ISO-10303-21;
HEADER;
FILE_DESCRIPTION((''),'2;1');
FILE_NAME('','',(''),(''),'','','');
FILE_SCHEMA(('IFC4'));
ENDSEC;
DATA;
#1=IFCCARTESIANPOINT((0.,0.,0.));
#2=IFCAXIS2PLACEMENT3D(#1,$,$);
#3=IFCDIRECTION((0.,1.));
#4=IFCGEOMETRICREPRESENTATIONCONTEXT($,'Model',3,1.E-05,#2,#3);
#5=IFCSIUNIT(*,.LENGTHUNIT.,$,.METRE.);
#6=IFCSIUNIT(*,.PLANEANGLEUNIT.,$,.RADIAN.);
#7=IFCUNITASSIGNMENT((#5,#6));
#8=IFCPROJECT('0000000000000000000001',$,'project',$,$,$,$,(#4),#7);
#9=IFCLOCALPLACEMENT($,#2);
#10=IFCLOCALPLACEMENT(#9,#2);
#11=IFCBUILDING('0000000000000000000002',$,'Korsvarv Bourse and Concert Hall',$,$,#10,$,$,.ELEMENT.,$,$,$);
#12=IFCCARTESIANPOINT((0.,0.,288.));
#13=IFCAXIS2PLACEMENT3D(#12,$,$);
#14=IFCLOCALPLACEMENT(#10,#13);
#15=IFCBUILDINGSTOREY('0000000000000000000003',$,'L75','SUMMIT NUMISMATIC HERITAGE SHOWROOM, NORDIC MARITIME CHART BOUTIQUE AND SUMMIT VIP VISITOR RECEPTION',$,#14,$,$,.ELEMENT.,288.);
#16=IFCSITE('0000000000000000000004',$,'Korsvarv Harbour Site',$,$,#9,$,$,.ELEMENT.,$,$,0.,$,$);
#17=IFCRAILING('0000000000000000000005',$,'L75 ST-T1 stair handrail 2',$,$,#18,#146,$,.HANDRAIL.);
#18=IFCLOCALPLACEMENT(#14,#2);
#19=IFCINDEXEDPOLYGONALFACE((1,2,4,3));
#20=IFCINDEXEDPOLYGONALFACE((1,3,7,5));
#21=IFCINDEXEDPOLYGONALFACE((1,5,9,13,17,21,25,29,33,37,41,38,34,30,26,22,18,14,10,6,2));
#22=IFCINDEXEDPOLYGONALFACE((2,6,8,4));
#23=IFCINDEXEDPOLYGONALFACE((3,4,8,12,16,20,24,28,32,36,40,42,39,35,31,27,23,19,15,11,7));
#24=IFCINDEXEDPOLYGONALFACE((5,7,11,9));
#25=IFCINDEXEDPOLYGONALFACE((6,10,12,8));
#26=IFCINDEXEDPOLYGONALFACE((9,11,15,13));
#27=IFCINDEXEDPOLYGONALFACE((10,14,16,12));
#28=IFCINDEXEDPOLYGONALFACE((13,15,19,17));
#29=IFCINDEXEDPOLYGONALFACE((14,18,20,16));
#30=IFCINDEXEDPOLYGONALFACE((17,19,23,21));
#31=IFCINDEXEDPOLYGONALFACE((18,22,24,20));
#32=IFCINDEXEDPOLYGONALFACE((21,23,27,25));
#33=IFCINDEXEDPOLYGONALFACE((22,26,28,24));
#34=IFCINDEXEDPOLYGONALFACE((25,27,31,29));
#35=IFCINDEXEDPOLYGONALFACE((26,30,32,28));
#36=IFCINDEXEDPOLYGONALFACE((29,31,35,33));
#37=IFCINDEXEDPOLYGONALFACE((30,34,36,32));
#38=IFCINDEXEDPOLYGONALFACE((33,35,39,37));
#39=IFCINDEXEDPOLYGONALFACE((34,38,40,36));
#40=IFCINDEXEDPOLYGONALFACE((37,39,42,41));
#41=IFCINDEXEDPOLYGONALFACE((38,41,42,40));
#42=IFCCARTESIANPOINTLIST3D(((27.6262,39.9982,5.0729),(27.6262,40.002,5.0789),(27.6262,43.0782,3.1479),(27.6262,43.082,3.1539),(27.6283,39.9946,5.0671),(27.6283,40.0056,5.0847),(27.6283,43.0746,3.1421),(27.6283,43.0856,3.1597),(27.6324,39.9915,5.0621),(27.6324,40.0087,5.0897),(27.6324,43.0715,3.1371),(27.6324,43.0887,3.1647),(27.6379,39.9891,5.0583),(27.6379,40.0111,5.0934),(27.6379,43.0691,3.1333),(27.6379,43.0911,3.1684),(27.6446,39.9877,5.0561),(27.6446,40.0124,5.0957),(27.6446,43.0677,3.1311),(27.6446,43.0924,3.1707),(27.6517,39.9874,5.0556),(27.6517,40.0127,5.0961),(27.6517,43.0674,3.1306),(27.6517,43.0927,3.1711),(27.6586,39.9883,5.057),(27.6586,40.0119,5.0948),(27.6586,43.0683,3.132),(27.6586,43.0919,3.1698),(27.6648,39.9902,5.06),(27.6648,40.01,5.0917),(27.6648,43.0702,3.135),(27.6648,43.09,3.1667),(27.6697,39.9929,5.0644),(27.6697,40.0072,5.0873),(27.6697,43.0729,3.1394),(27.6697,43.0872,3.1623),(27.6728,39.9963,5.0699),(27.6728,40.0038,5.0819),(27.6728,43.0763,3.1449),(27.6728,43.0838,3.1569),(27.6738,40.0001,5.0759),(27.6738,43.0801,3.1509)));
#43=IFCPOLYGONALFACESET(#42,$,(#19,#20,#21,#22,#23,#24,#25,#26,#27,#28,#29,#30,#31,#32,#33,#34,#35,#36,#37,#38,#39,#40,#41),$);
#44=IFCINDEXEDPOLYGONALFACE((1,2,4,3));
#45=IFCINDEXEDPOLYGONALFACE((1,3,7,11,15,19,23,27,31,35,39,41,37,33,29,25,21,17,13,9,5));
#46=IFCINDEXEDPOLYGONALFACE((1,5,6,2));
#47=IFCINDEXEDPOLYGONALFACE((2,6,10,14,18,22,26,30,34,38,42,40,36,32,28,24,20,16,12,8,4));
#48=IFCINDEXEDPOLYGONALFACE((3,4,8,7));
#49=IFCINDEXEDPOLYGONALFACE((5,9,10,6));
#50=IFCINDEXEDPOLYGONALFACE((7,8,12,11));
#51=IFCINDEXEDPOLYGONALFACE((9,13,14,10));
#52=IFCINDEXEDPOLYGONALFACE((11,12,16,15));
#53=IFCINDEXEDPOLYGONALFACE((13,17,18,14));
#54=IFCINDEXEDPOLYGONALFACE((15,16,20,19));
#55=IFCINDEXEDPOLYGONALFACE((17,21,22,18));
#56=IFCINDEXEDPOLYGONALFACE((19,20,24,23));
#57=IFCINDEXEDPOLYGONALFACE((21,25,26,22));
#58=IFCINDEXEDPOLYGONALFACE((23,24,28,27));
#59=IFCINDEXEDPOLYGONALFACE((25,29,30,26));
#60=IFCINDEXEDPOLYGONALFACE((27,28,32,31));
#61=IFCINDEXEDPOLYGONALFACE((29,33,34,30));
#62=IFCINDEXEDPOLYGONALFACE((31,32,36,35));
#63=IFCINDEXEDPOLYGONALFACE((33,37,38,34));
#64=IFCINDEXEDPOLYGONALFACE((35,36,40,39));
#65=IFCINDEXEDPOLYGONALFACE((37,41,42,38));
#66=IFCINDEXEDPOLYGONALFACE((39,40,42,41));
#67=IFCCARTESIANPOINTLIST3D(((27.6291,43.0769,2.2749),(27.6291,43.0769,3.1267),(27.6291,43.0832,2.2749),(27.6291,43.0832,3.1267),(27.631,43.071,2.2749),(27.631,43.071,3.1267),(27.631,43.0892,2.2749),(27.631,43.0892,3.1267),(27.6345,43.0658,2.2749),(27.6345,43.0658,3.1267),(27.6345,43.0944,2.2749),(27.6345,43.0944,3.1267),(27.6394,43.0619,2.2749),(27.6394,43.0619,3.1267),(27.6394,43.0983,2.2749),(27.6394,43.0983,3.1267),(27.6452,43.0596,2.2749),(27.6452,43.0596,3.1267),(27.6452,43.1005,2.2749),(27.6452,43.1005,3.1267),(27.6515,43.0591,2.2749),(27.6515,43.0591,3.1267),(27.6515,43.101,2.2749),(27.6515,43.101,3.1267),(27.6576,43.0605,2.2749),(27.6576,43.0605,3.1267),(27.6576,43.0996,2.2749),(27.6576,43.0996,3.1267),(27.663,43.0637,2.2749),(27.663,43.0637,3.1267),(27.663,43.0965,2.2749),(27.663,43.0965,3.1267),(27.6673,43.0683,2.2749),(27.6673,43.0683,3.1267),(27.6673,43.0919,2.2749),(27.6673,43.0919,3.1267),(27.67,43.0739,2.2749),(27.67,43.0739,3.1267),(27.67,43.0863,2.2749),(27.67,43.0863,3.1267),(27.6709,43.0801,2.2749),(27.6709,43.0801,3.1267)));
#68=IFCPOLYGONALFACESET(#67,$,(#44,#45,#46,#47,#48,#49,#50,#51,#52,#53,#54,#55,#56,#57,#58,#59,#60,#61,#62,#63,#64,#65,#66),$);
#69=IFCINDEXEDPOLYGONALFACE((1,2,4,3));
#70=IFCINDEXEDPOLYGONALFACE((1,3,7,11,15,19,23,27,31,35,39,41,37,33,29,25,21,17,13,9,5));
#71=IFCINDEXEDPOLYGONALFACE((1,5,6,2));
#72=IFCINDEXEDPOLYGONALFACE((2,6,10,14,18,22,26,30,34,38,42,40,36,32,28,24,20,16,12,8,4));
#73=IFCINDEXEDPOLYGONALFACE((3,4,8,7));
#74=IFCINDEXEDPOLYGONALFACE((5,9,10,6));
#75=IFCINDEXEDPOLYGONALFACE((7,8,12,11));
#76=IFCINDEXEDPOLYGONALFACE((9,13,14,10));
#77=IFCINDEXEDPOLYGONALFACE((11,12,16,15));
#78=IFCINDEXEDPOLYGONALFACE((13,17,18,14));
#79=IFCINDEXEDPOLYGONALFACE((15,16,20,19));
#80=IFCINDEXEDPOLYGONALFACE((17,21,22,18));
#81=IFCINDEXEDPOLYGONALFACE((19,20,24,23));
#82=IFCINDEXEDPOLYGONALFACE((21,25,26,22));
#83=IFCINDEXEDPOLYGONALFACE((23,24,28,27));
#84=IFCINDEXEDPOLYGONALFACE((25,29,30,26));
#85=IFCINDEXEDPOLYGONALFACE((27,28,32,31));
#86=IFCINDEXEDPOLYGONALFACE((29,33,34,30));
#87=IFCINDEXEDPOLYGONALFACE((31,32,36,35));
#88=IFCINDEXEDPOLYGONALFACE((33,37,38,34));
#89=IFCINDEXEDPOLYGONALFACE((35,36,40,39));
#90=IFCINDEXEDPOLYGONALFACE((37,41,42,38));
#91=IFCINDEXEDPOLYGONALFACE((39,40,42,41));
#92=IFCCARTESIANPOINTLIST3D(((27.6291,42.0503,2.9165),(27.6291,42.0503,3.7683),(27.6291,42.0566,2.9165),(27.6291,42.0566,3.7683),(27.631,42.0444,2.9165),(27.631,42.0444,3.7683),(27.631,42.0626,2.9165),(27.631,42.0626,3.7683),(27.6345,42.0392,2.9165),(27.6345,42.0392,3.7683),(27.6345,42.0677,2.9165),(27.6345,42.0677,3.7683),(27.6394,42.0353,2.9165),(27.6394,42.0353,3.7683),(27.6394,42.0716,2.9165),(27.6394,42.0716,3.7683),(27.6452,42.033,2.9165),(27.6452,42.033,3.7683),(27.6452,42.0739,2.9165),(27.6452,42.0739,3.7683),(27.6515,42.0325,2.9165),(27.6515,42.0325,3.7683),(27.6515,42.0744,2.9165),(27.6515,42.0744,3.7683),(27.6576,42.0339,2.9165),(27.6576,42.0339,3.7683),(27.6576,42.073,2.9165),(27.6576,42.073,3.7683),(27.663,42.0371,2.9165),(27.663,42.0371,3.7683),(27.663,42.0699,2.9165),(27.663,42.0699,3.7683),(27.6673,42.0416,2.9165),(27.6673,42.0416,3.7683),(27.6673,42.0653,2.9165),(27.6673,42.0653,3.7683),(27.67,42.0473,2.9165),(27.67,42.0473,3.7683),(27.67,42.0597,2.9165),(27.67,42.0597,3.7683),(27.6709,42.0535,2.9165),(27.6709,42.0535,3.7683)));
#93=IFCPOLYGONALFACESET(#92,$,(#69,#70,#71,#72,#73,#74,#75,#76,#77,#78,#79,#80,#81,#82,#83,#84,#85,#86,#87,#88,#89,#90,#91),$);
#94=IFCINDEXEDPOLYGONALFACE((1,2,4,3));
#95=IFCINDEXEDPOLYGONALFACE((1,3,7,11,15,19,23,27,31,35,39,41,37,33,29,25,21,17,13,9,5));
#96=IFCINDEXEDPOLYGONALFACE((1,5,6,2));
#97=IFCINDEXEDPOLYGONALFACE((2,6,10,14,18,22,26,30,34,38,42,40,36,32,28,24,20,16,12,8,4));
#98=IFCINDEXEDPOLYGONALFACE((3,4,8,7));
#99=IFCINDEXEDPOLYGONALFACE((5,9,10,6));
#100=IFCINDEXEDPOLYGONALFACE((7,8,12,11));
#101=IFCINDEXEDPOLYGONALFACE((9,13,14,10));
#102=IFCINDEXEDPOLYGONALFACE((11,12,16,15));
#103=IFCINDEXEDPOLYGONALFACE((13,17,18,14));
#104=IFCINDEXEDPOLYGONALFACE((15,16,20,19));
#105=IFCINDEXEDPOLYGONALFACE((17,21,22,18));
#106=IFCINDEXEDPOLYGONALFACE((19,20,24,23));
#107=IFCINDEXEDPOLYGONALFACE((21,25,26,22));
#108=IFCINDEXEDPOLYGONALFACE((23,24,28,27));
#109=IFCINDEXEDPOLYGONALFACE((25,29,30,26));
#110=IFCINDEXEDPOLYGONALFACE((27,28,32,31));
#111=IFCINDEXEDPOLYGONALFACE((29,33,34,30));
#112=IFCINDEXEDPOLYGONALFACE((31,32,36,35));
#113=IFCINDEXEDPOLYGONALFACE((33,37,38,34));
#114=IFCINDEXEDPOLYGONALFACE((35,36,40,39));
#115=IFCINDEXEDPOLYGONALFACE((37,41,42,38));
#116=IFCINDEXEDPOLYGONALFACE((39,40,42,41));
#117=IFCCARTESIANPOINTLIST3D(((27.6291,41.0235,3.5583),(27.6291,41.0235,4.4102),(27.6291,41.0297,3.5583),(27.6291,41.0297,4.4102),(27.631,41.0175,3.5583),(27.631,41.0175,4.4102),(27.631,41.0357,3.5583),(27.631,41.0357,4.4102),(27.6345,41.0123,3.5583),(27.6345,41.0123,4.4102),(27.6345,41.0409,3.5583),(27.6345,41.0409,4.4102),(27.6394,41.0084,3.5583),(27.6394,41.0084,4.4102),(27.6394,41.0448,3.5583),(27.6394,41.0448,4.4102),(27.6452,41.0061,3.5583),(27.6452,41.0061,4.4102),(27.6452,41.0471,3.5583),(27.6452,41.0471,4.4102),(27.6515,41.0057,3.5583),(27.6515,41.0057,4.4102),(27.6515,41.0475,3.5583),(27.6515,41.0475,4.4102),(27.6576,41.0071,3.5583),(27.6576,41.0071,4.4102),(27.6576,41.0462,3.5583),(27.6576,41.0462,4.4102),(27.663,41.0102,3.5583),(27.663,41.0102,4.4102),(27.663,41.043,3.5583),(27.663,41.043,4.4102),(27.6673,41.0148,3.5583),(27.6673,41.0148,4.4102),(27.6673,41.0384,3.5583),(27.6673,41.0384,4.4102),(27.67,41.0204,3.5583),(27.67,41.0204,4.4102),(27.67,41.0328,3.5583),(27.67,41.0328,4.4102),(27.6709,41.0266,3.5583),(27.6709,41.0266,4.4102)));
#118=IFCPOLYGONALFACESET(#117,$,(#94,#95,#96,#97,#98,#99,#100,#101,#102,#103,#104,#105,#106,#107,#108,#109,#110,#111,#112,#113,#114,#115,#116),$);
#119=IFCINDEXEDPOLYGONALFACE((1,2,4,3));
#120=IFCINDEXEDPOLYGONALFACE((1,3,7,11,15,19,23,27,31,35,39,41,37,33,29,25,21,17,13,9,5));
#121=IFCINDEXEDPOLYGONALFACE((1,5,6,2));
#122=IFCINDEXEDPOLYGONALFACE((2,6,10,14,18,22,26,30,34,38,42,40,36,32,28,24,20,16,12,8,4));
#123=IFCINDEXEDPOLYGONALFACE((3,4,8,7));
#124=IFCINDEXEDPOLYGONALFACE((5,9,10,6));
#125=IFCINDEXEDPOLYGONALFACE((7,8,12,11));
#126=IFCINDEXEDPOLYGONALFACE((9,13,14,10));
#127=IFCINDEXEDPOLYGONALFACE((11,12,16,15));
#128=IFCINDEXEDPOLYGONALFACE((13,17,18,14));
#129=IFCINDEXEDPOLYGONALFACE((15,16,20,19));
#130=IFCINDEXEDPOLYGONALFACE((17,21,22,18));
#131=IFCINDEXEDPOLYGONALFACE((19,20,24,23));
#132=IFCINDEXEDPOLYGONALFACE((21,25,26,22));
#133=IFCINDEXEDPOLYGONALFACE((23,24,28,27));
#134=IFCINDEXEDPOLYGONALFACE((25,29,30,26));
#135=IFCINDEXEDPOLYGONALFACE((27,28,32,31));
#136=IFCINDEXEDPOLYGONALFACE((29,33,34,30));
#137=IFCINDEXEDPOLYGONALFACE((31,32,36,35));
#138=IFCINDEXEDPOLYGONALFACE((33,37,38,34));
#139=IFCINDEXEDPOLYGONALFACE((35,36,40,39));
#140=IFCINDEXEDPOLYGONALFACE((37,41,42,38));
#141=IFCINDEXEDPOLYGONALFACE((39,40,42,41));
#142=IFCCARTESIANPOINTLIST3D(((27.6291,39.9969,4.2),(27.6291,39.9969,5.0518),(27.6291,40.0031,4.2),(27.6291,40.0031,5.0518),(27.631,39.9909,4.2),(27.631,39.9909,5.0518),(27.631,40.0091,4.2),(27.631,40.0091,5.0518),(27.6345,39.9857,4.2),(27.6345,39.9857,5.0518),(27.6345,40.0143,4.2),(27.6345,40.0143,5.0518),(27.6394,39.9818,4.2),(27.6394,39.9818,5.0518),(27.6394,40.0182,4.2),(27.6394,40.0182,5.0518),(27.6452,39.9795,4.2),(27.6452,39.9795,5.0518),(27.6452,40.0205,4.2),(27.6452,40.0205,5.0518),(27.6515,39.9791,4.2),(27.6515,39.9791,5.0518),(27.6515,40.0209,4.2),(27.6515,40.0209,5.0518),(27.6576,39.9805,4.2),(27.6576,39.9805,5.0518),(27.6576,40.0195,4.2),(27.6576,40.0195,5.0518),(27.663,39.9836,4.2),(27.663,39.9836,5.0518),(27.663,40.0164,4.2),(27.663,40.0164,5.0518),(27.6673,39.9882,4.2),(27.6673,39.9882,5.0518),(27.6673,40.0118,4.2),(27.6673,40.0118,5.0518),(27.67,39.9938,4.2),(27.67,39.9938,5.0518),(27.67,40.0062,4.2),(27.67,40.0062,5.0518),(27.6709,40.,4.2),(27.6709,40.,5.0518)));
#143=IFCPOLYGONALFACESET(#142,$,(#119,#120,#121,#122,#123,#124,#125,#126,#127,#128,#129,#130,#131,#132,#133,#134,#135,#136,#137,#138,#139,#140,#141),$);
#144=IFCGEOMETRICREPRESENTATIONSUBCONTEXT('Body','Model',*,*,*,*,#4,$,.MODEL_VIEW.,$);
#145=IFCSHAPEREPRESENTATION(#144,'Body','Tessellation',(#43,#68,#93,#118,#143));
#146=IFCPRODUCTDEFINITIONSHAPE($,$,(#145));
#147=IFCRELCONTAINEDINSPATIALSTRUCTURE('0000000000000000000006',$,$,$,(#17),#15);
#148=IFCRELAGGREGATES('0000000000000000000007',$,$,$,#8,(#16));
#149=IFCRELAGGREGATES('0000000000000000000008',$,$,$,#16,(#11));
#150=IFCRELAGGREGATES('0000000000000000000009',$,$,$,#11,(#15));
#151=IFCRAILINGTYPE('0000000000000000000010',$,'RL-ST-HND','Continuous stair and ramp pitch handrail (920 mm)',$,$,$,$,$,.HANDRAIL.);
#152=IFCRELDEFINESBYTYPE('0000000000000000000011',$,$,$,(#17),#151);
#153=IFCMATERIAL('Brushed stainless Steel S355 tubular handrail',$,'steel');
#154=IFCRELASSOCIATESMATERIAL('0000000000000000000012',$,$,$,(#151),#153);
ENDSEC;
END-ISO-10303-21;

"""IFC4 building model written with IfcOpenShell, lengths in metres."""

from ifc_helpers import new_model, si_unit, direction, frame, origin, origin_2d, place, context, subcontext, project, spatial, circle, extrude, material, type_object, element, save


model = new_model("IFC4")

# Units and contexts
model_context = context("Model", 3, precision=1e-05, world=origin(), true_north=direction((0.0, 1.0)))
body_context = subcontext(model_context, "Body", "Model", "MODEL_VIEW")
ifc_project = project(units=[si_unit("LENGTHUNIT", "METRE"), si_unit("PLANEANGLEUNIT", "RADIAN")], contexts=[model_context])

# Site, building, storey
site_placement = place(None, origin())
site = spatial("IfcSite", under=ifc_project, at=site_placement, Name="Korsvarv Harbour Site", CompositionType="ELEMENT", RefElevation=0.0)
building_placement = place(site_placement, origin())
building = spatial("IfcBuilding", under=site, at=building_placement, Name="Korsvarv Bourse and Concert Hall", CompositionType="ELEMENT")
storey_placement = place(building_placement, frame((0.0, 0.0, 288.0)))
storey = spatial("IfcBuildingStorey", under=building, at=storey_placement, Name="L75", Description="SUMMIT NUMISMATIC HERITAGE SHOWROOM, NORDIC MARITIME CHART BOUTIQUE AND SUMMIT VIP VISITOR RECEPTION", CompositionType="ELEMENT", Elevation=288.0)

# Railing
ifc_material_1 = material(Name="Brushed stainless Steel S355 tubular handrail", Category="steel")
railing_type_1 = type_object("IfcRailingType", Name="RL-ST-HND", Description="Continuous stair and ramp pitch handrail (920 mm)", PredefinedType="HANDRAIL", material=ifc_material_1)
railing_1_placement = place(storey_placement, frame((27.6499, 43.0801, 2.2749)))
element("IfcRailing", 1, at=railing_1_placement, inside=storey, type_object=railing_type_1, Name="L75 ST-T1 stair handrail 2", PredefinedType="HANDRAIL", context=body_context, shape_type="SweptSolid", body=[
    extrude(circle(Radius=0.0239, at=origin_2d()), frame((0.0, 0.0, 0.876), z_axis=(0.0, -0.847998, 0.529999), x_axis=(1.0, 0.0, 0.0)), (0.0, 0.0, 1.0), 3.6321),
    extrude(circle(Radius=0.021, at=origin_2d()), origin(), (0.0, 0.0, 1.0), 0.8518),
    extrude(circle(Radius=0.021, at=origin_2d()), frame((0.0, -1.0266, 0.6416)), (0.0, 0.0, 1.0), 0.8518),
    extrude(circle(Radius=0.021, at=origin_2d()), frame((0.0, -2.0535, 1.2834)), (0.0, 0.0, 1.0), 0.8518),
    extrude(circle(Radius=0.021, at=origin_2d()), frame((0.0, -3.0801, 1.925)), (0.0, 0.0, 1.0), 0.8518),
])

save(model, "model.ifc")
